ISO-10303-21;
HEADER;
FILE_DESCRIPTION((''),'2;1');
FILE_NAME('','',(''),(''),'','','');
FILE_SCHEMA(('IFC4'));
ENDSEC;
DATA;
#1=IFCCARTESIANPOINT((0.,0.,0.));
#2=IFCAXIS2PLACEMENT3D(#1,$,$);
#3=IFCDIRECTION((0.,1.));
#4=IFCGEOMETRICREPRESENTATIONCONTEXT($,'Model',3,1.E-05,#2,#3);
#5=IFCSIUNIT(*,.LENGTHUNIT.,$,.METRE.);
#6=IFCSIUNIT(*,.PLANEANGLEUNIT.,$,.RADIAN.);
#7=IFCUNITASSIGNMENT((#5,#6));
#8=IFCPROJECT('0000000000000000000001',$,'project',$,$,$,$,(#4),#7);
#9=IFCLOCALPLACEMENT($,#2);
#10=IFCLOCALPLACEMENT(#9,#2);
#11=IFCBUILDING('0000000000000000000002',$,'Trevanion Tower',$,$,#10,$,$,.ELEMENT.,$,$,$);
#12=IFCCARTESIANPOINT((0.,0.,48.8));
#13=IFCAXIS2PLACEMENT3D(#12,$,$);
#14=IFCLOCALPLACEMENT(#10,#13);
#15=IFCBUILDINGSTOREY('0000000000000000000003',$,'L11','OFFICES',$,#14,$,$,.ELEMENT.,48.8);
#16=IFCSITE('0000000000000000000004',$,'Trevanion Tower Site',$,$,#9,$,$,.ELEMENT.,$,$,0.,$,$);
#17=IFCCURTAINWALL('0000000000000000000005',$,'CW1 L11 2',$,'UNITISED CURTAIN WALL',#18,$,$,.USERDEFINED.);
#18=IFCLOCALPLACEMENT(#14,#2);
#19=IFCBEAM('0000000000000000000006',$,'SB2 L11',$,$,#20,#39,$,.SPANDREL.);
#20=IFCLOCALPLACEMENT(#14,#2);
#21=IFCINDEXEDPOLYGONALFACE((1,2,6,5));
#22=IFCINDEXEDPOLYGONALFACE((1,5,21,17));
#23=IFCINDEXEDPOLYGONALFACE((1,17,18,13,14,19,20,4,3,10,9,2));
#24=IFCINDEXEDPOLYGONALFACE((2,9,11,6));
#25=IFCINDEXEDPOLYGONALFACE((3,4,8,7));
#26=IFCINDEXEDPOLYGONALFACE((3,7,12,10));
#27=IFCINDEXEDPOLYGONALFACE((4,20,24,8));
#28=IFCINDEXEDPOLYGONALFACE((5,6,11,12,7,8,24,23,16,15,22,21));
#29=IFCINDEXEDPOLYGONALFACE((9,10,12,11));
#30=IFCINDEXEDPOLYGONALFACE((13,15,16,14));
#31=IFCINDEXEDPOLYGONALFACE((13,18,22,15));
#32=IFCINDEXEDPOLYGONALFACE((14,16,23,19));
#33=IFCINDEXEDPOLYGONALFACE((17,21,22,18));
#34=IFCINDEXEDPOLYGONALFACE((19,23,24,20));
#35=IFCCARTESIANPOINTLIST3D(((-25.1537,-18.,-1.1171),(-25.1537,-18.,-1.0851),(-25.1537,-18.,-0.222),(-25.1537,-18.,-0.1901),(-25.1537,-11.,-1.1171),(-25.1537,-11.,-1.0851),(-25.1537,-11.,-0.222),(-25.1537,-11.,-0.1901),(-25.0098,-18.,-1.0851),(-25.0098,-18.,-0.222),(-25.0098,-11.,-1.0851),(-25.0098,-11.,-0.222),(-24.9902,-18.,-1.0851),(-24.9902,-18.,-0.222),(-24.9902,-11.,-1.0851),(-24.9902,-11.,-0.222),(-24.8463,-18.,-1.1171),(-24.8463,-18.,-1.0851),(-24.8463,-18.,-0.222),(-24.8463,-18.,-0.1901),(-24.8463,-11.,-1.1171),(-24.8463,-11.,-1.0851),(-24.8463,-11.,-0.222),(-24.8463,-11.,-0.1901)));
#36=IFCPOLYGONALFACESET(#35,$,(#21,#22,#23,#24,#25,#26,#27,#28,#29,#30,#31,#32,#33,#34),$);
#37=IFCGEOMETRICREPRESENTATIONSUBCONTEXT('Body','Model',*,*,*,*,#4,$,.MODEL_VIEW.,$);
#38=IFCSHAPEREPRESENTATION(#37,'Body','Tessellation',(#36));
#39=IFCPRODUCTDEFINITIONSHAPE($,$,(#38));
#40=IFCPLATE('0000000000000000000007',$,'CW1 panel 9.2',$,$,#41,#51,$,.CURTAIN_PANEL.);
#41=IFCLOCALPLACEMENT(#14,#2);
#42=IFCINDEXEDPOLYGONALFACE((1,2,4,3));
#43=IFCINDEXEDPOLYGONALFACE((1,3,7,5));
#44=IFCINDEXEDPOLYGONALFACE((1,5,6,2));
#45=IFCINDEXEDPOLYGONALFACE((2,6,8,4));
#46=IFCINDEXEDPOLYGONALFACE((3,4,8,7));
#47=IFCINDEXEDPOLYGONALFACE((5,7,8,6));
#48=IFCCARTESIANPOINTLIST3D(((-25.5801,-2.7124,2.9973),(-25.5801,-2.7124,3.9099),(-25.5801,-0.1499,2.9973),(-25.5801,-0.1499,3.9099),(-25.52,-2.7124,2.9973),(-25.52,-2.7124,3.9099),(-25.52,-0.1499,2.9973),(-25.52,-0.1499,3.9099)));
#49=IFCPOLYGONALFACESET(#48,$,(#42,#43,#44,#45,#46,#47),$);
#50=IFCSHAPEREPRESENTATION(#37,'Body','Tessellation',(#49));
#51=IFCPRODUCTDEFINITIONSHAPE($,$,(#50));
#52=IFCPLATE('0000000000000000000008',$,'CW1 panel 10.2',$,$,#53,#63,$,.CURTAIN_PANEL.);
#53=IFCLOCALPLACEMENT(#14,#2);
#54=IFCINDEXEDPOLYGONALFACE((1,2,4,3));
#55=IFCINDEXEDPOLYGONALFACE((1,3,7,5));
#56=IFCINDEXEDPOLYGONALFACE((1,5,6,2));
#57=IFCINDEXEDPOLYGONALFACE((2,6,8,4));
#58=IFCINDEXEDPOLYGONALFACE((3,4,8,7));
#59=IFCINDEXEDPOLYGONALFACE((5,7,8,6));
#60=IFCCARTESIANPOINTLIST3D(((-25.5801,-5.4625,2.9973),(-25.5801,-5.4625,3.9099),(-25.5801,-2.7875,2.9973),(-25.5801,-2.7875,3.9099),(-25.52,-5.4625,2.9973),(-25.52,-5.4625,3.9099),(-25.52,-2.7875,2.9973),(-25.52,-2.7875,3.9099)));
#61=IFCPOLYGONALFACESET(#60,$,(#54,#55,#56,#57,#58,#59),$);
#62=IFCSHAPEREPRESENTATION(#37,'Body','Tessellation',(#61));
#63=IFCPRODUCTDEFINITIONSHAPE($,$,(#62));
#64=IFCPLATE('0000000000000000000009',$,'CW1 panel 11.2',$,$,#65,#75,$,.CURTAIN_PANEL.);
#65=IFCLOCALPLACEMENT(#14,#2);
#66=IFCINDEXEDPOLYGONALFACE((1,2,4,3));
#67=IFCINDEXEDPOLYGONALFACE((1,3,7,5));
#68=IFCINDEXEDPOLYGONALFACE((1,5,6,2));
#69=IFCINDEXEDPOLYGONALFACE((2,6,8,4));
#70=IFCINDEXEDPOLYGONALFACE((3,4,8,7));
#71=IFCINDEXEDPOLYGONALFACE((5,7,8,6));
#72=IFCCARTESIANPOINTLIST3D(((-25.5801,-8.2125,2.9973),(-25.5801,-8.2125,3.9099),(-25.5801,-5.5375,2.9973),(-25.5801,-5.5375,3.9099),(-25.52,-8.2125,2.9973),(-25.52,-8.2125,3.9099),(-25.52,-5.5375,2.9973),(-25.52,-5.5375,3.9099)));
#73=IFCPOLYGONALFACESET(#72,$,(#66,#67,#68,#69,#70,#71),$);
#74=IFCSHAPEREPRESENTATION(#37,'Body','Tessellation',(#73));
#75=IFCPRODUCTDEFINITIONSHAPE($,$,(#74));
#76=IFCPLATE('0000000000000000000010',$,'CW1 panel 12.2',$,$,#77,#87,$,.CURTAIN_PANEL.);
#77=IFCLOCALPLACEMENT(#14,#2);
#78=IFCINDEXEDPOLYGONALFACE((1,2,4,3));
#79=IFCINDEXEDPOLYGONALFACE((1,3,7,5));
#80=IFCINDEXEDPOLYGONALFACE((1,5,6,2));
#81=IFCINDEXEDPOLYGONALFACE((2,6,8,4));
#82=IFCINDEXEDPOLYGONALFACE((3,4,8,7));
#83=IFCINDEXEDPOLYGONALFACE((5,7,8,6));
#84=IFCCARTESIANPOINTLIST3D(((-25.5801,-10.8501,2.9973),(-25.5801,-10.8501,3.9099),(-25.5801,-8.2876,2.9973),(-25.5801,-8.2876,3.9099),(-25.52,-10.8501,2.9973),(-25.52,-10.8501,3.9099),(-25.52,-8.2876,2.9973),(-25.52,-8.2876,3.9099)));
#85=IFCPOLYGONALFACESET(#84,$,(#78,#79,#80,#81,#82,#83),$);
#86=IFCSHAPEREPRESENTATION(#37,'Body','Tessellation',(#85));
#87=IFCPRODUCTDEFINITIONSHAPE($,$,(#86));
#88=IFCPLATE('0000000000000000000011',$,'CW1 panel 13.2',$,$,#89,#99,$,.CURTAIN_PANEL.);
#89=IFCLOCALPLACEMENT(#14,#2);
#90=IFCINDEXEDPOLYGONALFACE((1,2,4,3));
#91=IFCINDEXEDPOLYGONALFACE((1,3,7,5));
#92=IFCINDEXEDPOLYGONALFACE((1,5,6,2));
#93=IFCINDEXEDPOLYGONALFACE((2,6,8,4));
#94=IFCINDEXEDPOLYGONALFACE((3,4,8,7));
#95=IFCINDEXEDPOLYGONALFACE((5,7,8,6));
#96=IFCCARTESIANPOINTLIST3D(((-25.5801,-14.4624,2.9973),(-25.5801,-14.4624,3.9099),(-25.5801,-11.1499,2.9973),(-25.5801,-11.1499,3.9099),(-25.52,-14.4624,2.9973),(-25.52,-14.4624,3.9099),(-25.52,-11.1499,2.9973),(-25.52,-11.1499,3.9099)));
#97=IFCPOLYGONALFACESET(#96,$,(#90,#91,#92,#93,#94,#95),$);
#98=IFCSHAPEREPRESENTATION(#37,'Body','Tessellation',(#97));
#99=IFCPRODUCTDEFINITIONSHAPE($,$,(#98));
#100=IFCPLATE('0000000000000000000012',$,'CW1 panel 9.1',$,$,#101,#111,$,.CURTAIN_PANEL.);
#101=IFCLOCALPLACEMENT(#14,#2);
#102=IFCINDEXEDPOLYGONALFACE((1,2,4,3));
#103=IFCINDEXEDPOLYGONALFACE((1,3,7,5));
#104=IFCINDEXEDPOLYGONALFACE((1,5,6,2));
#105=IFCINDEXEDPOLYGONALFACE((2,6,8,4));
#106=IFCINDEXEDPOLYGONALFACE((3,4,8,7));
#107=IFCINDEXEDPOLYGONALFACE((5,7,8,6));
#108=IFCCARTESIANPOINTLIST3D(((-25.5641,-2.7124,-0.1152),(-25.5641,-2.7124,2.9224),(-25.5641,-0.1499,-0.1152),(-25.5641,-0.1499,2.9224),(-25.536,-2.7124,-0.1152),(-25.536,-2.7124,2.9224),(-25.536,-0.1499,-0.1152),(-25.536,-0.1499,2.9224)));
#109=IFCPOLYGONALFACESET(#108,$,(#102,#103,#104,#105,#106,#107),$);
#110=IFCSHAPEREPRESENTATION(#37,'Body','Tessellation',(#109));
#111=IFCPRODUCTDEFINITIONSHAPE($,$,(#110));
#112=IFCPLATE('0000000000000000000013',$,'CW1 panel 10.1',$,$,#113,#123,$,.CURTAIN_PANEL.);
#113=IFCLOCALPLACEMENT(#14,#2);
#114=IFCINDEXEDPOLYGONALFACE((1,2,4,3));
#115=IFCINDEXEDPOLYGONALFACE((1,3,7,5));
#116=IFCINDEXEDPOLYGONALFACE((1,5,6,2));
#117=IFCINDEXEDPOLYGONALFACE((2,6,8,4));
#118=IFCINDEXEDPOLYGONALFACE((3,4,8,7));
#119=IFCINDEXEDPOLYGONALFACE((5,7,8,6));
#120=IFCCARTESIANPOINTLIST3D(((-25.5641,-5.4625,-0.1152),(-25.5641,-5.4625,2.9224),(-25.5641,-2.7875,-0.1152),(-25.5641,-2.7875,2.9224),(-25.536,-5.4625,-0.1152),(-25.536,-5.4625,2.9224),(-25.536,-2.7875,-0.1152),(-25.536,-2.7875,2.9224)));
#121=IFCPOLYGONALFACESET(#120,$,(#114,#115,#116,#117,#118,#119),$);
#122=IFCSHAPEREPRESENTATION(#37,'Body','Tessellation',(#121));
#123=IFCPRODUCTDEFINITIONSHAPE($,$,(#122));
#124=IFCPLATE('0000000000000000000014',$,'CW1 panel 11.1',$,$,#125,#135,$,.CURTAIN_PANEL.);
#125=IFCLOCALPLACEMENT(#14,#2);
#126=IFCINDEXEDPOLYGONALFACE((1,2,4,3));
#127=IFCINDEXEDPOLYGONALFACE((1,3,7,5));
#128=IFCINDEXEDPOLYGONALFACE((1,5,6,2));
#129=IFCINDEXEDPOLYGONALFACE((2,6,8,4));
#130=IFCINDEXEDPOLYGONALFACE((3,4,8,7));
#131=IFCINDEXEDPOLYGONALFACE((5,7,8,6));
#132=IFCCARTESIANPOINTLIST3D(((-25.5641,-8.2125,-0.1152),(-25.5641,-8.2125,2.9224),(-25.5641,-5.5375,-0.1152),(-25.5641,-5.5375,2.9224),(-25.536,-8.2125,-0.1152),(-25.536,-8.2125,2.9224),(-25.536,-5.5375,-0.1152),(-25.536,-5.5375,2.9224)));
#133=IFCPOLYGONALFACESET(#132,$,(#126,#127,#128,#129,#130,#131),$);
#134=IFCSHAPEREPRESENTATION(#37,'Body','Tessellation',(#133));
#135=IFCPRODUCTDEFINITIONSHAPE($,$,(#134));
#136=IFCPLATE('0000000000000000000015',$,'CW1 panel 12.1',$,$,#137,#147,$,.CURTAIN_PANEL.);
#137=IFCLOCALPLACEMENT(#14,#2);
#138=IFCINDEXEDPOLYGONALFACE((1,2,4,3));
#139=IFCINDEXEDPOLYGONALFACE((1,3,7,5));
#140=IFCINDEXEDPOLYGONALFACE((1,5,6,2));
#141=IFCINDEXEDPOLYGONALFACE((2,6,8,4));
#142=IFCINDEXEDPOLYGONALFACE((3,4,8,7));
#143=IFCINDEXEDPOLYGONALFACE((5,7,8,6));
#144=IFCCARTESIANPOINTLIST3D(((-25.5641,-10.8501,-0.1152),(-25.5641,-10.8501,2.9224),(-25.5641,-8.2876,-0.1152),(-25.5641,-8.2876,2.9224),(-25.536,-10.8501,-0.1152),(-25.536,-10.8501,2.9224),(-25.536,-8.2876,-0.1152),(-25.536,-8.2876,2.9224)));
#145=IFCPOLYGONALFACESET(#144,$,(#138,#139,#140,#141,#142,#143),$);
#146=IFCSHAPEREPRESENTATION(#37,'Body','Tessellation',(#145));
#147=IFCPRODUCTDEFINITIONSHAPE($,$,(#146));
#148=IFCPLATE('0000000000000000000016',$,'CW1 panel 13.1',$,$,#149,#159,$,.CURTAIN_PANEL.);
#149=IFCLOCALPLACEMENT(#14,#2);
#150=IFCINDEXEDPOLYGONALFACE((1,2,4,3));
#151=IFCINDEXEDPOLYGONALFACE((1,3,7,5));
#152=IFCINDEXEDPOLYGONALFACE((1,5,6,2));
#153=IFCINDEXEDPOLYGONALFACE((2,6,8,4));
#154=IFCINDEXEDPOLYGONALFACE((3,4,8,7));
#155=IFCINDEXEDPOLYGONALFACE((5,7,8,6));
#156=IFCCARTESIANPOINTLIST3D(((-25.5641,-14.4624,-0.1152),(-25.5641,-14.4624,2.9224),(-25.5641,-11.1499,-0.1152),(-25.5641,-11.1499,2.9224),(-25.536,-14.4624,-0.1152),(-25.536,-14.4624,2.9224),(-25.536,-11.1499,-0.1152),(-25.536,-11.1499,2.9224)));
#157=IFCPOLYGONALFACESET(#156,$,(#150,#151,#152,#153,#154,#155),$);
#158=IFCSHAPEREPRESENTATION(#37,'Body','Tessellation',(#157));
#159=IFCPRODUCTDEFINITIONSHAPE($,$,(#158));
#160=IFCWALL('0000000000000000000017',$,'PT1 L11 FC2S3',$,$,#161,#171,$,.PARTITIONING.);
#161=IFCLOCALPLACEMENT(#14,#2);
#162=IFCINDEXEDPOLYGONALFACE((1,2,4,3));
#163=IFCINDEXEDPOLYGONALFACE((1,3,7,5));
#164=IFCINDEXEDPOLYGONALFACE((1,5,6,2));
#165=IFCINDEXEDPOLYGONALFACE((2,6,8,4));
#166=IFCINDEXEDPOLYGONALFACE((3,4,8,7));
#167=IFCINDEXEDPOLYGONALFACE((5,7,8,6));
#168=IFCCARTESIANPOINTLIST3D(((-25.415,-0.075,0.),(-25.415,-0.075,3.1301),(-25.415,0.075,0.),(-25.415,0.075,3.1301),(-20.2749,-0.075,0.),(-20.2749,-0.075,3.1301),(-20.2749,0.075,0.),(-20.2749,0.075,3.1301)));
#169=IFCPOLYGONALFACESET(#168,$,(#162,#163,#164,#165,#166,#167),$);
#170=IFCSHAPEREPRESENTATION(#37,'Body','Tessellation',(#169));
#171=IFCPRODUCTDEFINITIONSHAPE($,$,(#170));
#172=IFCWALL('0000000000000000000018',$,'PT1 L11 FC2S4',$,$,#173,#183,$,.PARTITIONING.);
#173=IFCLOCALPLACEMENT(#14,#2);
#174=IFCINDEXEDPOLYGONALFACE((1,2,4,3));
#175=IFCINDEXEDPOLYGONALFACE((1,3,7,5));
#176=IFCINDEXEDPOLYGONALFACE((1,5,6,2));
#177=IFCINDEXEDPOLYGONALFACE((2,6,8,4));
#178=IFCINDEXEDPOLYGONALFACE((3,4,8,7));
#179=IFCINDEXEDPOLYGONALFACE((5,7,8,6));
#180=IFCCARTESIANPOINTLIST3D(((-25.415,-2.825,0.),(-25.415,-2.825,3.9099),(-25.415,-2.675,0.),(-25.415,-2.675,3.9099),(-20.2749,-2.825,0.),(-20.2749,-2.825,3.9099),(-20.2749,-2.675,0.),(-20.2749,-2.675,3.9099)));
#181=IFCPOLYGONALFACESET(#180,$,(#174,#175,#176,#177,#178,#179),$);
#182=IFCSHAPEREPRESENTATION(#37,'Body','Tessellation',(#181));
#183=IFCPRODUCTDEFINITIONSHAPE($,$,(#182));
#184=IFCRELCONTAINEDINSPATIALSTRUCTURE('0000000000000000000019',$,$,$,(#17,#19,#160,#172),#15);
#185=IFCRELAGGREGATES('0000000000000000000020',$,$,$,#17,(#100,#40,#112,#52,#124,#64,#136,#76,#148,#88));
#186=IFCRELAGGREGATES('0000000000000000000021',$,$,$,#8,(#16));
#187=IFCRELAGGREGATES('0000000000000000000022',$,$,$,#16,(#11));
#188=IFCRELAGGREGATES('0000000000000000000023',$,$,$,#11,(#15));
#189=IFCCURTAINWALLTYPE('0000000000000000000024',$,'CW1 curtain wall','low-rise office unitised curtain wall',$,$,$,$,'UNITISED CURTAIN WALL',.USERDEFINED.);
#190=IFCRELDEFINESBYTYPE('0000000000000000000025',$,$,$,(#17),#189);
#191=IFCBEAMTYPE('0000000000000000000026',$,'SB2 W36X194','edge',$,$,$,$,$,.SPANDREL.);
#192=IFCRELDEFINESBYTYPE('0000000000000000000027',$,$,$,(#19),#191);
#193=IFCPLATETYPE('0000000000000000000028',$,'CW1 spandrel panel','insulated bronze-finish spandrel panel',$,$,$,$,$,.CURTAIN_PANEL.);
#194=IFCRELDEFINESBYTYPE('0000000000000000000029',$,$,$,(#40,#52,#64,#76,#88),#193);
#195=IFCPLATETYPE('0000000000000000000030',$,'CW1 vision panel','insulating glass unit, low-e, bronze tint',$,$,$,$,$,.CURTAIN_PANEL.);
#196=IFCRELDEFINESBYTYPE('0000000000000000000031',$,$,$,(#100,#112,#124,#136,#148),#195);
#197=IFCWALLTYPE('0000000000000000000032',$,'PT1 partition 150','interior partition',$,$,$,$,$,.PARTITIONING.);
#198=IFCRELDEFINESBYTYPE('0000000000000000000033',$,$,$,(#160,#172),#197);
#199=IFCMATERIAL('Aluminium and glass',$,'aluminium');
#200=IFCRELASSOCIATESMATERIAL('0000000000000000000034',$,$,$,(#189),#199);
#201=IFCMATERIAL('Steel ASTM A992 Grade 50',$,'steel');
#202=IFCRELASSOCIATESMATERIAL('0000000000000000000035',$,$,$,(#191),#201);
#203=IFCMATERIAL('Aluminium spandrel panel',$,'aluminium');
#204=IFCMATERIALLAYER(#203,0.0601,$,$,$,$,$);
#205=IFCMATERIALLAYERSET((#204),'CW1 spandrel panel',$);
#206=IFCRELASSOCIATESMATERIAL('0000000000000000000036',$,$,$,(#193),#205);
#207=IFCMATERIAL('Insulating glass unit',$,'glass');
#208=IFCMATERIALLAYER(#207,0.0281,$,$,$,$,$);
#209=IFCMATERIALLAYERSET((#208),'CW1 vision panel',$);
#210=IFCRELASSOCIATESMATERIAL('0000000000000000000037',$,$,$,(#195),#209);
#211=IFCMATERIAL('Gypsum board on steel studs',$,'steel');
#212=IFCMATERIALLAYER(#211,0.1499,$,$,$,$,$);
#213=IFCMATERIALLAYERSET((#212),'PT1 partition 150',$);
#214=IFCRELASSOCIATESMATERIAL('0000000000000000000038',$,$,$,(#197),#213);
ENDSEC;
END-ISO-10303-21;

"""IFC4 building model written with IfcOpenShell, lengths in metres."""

from ifc_helpers import new_model, si_unit, direction, frame, frame_2d, origin, origin_2d, place, context, subcontext, project, spatial, rectangle, i_section, extrude, material, layer, layer_set, material_profile, profile_set, type_object, element, aggregate, save


model = new_model("IFC4")

# Units and contexts
model_context = context("Model", 3, precision=1e-05, world=origin(), true_north=direction((0.0, 1.0)))
body_context = subcontext(model_context, "Body", "Model", "MODEL_VIEW")
ifc_project = project(units=[si_unit("LENGTHUNIT", "METRE"), si_unit("PLANEANGLEUNIT", "RADIAN")], contexts=[model_context])

# Site, building, storey
site_placement = place(None, origin())
site = spatial("IfcSite", under=ifc_project, at=site_placement, Name="Trevanion Tower Site", CompositionType="ELEMENT", RefElevation=0.0)
building_placement = place(site_placement, origin())
building = spatial("IfcBuilding", under=site, at=building_placement, Name="Trevanion Tower", CompositionType="ELEMENT")
storey_placement = place(building_placement, frame((0.0, 0.0, 48.8)))
storey = spatial("IfcBuildingStorey", under=building, at=storey_placement, Name="L11", Description="OFFICES", CompositionType="ELEMENT", Elevation=48.8)

# Curtain wall
ifc_material_1 = material(Name="Aluminium and glass", Category="aluminium")
curtain_wall_type = type_object("IfcCurtainWallType", Name="CW1 curtain wall", Description="low-rise office unitised curtain wall", ElementType="UNITISED CURTAIN WALL", PredefinedType="USERDEFINED", material=ifc_material_1)
curtain_wall_placement = place(storey_placement, origin())
curtain_wall = element("IfcCurtainWall", 1, at=curtain_wall_placement, inside=storey, type_object=curtain_wall_type, Name="CW1 L11 2", ObjectType="UNITISED CURTAIN WALL", PredefinedType="USERDEFINED")

# Beam
ifc_material_2 = material(Name="Steel ASTM A992 Grade 50", Category="steel")
ifc_material_profile_1 = material_profile(ifc_material_2, i_section(OverallWidth=0.3074, OverallDepth=0.927, WebThickness=0.0195, FlangeThickness=0.032, at=origin_2d()), Name="W36X194")
ifc_profile_set_1 = profile_set([ifc_material_profile_1], Name="Steel ASTM A992 Grade 50")
beam_type_1 = type_object("IfcBeamType", Name="SB2 W36X194", Description="edge", PredefinedType="SPANDREL", material=ifc_profile_set_1)
beam_1_placement = place(storey_placement, frame((-25.0, -11.0, -0.6536), z_axis=(0.0, -1.0, 0.0), x_axis=(1.0, 0.0, 0.0)))
element("IfcBeam", 2, at=beam_1_placement, inside=storey, type_object=beam_type_1, Name="SB2 L11", PredefinedType="SPANDREL", context=body_context, shape_type="SweptSolid", body=[
    extrude(i_section(OverallWidth=0.3074, OverallDepth=0.927, WebThickness=0.0195, FlangeThickness=0.032, at=origin_2d()), origin(), (0.0, 0.0, 1.0), 7.0),
])

# Plates
ifc_material_3 = material(Name="Aluminium spandrel panel", Category="aluminium")
ifc_layer_1 = layer(ifc_material_3, 0.0601)
ifc_layer_set_1 = layer_set([ifc_layer_1], Name="CW1 spandrel panel")
plate_type_1 = type_object("IfcPlateType", Name="CW1 spandrel panel", Description="insulated bronze-finish spandrel panel", PredefinedType="CURTAIN_PANEL", material=ifc_layer_set_1)
plate_1_placement = place(storey_placement, frame((-25.55, -1.4312, 2.9973), z_axis=(0.0, 0.0, 1.0), x_axis=(0.0, -1.0, 0.0)))
plate_1 = element("IfcPlate", 3, at=plate_1_placement, type_object=plate_type_1, Name="CW1 panel 9.2", PredefinedType="CURTAIN_PANEL", context=body_context, shape_type="SweptSolid", body=[
    extrude(rectangle(XDim=2.5625, YDim=0.0601, at=origin_2d()), origin(), (0.0, 0.0, 1.0), 0.9126),
])
plate_2_placement = place(storey_placement, frame((-25.55, -4.125, 2.9973), z_axis=(0.0, 0.0, 1.0), x_axis=(0.0, -1.0, 0.0)))
plate_2 = element("IfcPlate", 4, at=plate_2_placement, type_object=plate_type_1, Name="CW1 panel 10.2", PredefinedType="CURTAIN_PANEL", context=body_context, shape_type="SweptSolid", body=[
    extrude(rectangle(XDim=2.675, YDim=0.0601, at=origin_2d()), origin(), (0.0, 0.0, 1.0), 0.9126),
])
plate_3_placement = place(storey_placement, frame((-25.55, -6.875, 2.9973), z_axis=(0.0, 0.0, 1.0), x_axis=(0.0, -1.0, 0.0)))
plate_3 = element("IfcPlate", 5, at=plate_3_placement, type_object=plate_type_1, Name="CW1 panel 11.2", PredefinedType="CURTAIN_PANEL", context=body_context, shape_type="SweptSolid", body=[
    extrude(rectangle(XDim=2.675, YDim=0.0601, at=origin_2d()), origin(), (0.0, 0.0, 1.0), 0.9126),
])
plate_4_placement = place(storey_placement, frame((-25.55, -9.5688, 2.9973), z_axis=(0.0, 0.0, 1.0), x_axis=(0.0, -1.0, 0.0)))
plate_4 = element("IfcPlate", 6, at=plate_4_placement, type_object=plate_type_1, Name="CW1 panel 12.2", PredefinedType="CURTAIN_PANEL", context=body_context, shape_type="SweptSolid", body=[
    extrude(rectangle(XDim=2.5625, YDim=0.0601, at=origin_2d()), origin(), (0.0, 0.0, 1.0), 0.9126),
])
plate_5_placement = place(storey_placement, frame((-25.55, -12.8062, 2.9973), z_axis=(0.0, 0.0, 1.0), x_axis=(0.0, -1.0, 0.0)))
plate_5 = element("IfcPlate", 7, at=plate_5_placement, type_object=plate_type_1, Name="CW1 panel 13.2", PredefinedType="CURTAIN_PANEL", context=body_context, shape_type="SweptSolid", body=[
    extrude(rectangle(XDim=3.3125, YDim=0.0601, at=origin_2d()), origin(), (0.0, 0.0, 1.0), 0.9126),
])
ifc_material_4 = material(Name="Insulating glass unit", Category="glass")
ifc_layer_2 = layer(ifc_material_4, 0.0281)
ifc_layer_set_2 = layer_set([ifc_layer_2], Name="CW1 vision panel")
plate_type_2 = type_object("IfcPlateType", Name="CW1 vision panel", Description="insulating glass unit, low-e, bronze tint", PredefinedType="CURTAIN_PANEL", material=ifc_layer_set_2)
plate_6_placement = place(storey_placement, frame((-25.55, -1.4312, -0.1152), z_axis=(0.0, 0.0, 1.0), x_axis=(0.0, -1.0, 0.0)))
plate_6 = element("IfcPlate", 8, at=plate_6_placement, type_object=plate_type_2, Name="CW1 panel 9.1", PredefinedType="CURTAIN_PANEL", context=body_context, shape_type="SweptSolid", body=[
    extrude(rectangle(XDim=2.5625, YDim=0.0281, at=origin_2d()), origin(), (0.0, 0.0, 1.0), 3.0376),
])
plate_7_placement = place(storey_placement, frame((-25.55, -4.125, -0.1152), z_axis=(0.0, 0.0, 1.0), x_axis=(0.0, -1.0, 0.0)))
plate_7 = element("IfcPlate", 9, at=plate_7_placement, type_object=plate_type_2, Name="CW1 panel 10.1", PredefinedType="CURTAIN_PANEL", context=body_context, shape_type="SweptSolid", body=[
    extrude(rectangle(XDim=2.675, YDim=0.0281, at=origin_2d()), origin(), (0.0, 0.0, 1.0), 3.0376),
])
plate_8_placement = place(storey_placement, frame((-25.55, -6.875, -0.1152), z_axis=(0.0, 0.0, 1.0), x_axis=(0.0, -1.0, 0.0)))
plate_8 = element("IfcPlate", 10, at=plate_8_placement, type_object=plate_type_2, Name="CW1 panel 11.1", PredefinedType="CURTAIN_PANEL", context=body_context, shape_type="SweptSolid", body=[
    extrude(rectangle(XDim=2.675, YDim=0.0281, at=origin_2d()), origin(), (0.0, 0.0, 1.0), 3.0376),
])
plate_9_placement = place(storey_placement, frame((-25.55, -9.5688, -0.1152), z_axis=(0.0, 0.0, 1.0), x_axis=(0.0, -1.0, 0.0)))
plate_9 = element("IfcPlate", 11, at=plate_9_placement, type_object=plate_type_2, Name="CW1 panel 12.1", PredefinedType="CURTAIN_PANEL", context=body_context, shape_type="SweptSolid", body=[
    extrude(rectangle(XDim=2.5625, YDim=0.0281, at=origin_2d()), origin(), (0.0, 0.0, 1.0), 3.0376),
])
plate_10_placement = place(storey_placement, frame((-25.55, -12.8062, -0.1152), z_axis=(0.0, 0.0, 1.0), x_axis=(0.0, -1.0, 0.0)))
plate_10 = element("IfcPlate", 12, at=plate_10_placement, type_object=plate_type_2, Name="CW1 panel 13.1", PredefinedType="CURTAIN_PANEL", context=body_context, shape_type="SweptSolid", body=[
    extrude(rectangle(XDim=3.3125, YDim=0.0281, at=origin_2d()), origin(), (0.0, 0.0, 1.0), 3.0376),
])
aggregate(curtain_wall, [plate_6, plate_1, plate_7, plate_2, plate_8, plate_3, plate_9, plate_4, plate_10, plate_5])

# Walls
ifc_material_5 = material(Name="Gypsum board on steel studs", Category="steel")
ifc_layer_3 = layer(ifc_material_5, 0.1499)
ifc_layer_set_3 = layer_set([ifc_layer_3], Name="PT1 partition 150")
wall_type_1 = type_object("IfcWallType", Name="PT1 partition 150", Description="interior partition", PredefinedType="PARTITIONING", material=ifc_layer_set_3)
wall_1_placement = place(storey_placement, frame((-20.2749, 0.0, 0.0), z_axis=(0.0, 0.0, 1.0), x_axis=(-1.0, 0.0, 0.0)))
element("IfcWall", 13, at=wall_1_placement, inside=storey, type_object=wall_type_1, Name="PT1 L11 FC2S3", PredefinedType="PARTITIONING", context=body_context, shape_type="SweptSolid", body=[
    extrude(rectangle(XDim=5.1401, YDim=0.1499, at=frame_2d((2.5701, 0.0))), origin(), (0.0, 0.0, 1.0), 3.1301),
])
wall_2_placement = place(storey_placement, frame((-20.2749, -2.75, 0.0), z_axis=(0.0, 0.0, 1.0), x_axis=(-1.0, 0.0, 0.0)))
element("IfcWall", 14, at=wall_2_placement, inside=storey, type_object=wall_type_1, Name="PT1 L11 FC2S4", PredefinedType="PARTITIONING", context=body_context, shape_type="SweptSolid", body=[
    extrude(rectangle(XDim=5.1401, YDim=0.1499, at=frame_2d((2.5701, 0.0))), origin(), (0.0, 0.0, 1.0), 3.9099),
])

save(model, "model.ifc")
